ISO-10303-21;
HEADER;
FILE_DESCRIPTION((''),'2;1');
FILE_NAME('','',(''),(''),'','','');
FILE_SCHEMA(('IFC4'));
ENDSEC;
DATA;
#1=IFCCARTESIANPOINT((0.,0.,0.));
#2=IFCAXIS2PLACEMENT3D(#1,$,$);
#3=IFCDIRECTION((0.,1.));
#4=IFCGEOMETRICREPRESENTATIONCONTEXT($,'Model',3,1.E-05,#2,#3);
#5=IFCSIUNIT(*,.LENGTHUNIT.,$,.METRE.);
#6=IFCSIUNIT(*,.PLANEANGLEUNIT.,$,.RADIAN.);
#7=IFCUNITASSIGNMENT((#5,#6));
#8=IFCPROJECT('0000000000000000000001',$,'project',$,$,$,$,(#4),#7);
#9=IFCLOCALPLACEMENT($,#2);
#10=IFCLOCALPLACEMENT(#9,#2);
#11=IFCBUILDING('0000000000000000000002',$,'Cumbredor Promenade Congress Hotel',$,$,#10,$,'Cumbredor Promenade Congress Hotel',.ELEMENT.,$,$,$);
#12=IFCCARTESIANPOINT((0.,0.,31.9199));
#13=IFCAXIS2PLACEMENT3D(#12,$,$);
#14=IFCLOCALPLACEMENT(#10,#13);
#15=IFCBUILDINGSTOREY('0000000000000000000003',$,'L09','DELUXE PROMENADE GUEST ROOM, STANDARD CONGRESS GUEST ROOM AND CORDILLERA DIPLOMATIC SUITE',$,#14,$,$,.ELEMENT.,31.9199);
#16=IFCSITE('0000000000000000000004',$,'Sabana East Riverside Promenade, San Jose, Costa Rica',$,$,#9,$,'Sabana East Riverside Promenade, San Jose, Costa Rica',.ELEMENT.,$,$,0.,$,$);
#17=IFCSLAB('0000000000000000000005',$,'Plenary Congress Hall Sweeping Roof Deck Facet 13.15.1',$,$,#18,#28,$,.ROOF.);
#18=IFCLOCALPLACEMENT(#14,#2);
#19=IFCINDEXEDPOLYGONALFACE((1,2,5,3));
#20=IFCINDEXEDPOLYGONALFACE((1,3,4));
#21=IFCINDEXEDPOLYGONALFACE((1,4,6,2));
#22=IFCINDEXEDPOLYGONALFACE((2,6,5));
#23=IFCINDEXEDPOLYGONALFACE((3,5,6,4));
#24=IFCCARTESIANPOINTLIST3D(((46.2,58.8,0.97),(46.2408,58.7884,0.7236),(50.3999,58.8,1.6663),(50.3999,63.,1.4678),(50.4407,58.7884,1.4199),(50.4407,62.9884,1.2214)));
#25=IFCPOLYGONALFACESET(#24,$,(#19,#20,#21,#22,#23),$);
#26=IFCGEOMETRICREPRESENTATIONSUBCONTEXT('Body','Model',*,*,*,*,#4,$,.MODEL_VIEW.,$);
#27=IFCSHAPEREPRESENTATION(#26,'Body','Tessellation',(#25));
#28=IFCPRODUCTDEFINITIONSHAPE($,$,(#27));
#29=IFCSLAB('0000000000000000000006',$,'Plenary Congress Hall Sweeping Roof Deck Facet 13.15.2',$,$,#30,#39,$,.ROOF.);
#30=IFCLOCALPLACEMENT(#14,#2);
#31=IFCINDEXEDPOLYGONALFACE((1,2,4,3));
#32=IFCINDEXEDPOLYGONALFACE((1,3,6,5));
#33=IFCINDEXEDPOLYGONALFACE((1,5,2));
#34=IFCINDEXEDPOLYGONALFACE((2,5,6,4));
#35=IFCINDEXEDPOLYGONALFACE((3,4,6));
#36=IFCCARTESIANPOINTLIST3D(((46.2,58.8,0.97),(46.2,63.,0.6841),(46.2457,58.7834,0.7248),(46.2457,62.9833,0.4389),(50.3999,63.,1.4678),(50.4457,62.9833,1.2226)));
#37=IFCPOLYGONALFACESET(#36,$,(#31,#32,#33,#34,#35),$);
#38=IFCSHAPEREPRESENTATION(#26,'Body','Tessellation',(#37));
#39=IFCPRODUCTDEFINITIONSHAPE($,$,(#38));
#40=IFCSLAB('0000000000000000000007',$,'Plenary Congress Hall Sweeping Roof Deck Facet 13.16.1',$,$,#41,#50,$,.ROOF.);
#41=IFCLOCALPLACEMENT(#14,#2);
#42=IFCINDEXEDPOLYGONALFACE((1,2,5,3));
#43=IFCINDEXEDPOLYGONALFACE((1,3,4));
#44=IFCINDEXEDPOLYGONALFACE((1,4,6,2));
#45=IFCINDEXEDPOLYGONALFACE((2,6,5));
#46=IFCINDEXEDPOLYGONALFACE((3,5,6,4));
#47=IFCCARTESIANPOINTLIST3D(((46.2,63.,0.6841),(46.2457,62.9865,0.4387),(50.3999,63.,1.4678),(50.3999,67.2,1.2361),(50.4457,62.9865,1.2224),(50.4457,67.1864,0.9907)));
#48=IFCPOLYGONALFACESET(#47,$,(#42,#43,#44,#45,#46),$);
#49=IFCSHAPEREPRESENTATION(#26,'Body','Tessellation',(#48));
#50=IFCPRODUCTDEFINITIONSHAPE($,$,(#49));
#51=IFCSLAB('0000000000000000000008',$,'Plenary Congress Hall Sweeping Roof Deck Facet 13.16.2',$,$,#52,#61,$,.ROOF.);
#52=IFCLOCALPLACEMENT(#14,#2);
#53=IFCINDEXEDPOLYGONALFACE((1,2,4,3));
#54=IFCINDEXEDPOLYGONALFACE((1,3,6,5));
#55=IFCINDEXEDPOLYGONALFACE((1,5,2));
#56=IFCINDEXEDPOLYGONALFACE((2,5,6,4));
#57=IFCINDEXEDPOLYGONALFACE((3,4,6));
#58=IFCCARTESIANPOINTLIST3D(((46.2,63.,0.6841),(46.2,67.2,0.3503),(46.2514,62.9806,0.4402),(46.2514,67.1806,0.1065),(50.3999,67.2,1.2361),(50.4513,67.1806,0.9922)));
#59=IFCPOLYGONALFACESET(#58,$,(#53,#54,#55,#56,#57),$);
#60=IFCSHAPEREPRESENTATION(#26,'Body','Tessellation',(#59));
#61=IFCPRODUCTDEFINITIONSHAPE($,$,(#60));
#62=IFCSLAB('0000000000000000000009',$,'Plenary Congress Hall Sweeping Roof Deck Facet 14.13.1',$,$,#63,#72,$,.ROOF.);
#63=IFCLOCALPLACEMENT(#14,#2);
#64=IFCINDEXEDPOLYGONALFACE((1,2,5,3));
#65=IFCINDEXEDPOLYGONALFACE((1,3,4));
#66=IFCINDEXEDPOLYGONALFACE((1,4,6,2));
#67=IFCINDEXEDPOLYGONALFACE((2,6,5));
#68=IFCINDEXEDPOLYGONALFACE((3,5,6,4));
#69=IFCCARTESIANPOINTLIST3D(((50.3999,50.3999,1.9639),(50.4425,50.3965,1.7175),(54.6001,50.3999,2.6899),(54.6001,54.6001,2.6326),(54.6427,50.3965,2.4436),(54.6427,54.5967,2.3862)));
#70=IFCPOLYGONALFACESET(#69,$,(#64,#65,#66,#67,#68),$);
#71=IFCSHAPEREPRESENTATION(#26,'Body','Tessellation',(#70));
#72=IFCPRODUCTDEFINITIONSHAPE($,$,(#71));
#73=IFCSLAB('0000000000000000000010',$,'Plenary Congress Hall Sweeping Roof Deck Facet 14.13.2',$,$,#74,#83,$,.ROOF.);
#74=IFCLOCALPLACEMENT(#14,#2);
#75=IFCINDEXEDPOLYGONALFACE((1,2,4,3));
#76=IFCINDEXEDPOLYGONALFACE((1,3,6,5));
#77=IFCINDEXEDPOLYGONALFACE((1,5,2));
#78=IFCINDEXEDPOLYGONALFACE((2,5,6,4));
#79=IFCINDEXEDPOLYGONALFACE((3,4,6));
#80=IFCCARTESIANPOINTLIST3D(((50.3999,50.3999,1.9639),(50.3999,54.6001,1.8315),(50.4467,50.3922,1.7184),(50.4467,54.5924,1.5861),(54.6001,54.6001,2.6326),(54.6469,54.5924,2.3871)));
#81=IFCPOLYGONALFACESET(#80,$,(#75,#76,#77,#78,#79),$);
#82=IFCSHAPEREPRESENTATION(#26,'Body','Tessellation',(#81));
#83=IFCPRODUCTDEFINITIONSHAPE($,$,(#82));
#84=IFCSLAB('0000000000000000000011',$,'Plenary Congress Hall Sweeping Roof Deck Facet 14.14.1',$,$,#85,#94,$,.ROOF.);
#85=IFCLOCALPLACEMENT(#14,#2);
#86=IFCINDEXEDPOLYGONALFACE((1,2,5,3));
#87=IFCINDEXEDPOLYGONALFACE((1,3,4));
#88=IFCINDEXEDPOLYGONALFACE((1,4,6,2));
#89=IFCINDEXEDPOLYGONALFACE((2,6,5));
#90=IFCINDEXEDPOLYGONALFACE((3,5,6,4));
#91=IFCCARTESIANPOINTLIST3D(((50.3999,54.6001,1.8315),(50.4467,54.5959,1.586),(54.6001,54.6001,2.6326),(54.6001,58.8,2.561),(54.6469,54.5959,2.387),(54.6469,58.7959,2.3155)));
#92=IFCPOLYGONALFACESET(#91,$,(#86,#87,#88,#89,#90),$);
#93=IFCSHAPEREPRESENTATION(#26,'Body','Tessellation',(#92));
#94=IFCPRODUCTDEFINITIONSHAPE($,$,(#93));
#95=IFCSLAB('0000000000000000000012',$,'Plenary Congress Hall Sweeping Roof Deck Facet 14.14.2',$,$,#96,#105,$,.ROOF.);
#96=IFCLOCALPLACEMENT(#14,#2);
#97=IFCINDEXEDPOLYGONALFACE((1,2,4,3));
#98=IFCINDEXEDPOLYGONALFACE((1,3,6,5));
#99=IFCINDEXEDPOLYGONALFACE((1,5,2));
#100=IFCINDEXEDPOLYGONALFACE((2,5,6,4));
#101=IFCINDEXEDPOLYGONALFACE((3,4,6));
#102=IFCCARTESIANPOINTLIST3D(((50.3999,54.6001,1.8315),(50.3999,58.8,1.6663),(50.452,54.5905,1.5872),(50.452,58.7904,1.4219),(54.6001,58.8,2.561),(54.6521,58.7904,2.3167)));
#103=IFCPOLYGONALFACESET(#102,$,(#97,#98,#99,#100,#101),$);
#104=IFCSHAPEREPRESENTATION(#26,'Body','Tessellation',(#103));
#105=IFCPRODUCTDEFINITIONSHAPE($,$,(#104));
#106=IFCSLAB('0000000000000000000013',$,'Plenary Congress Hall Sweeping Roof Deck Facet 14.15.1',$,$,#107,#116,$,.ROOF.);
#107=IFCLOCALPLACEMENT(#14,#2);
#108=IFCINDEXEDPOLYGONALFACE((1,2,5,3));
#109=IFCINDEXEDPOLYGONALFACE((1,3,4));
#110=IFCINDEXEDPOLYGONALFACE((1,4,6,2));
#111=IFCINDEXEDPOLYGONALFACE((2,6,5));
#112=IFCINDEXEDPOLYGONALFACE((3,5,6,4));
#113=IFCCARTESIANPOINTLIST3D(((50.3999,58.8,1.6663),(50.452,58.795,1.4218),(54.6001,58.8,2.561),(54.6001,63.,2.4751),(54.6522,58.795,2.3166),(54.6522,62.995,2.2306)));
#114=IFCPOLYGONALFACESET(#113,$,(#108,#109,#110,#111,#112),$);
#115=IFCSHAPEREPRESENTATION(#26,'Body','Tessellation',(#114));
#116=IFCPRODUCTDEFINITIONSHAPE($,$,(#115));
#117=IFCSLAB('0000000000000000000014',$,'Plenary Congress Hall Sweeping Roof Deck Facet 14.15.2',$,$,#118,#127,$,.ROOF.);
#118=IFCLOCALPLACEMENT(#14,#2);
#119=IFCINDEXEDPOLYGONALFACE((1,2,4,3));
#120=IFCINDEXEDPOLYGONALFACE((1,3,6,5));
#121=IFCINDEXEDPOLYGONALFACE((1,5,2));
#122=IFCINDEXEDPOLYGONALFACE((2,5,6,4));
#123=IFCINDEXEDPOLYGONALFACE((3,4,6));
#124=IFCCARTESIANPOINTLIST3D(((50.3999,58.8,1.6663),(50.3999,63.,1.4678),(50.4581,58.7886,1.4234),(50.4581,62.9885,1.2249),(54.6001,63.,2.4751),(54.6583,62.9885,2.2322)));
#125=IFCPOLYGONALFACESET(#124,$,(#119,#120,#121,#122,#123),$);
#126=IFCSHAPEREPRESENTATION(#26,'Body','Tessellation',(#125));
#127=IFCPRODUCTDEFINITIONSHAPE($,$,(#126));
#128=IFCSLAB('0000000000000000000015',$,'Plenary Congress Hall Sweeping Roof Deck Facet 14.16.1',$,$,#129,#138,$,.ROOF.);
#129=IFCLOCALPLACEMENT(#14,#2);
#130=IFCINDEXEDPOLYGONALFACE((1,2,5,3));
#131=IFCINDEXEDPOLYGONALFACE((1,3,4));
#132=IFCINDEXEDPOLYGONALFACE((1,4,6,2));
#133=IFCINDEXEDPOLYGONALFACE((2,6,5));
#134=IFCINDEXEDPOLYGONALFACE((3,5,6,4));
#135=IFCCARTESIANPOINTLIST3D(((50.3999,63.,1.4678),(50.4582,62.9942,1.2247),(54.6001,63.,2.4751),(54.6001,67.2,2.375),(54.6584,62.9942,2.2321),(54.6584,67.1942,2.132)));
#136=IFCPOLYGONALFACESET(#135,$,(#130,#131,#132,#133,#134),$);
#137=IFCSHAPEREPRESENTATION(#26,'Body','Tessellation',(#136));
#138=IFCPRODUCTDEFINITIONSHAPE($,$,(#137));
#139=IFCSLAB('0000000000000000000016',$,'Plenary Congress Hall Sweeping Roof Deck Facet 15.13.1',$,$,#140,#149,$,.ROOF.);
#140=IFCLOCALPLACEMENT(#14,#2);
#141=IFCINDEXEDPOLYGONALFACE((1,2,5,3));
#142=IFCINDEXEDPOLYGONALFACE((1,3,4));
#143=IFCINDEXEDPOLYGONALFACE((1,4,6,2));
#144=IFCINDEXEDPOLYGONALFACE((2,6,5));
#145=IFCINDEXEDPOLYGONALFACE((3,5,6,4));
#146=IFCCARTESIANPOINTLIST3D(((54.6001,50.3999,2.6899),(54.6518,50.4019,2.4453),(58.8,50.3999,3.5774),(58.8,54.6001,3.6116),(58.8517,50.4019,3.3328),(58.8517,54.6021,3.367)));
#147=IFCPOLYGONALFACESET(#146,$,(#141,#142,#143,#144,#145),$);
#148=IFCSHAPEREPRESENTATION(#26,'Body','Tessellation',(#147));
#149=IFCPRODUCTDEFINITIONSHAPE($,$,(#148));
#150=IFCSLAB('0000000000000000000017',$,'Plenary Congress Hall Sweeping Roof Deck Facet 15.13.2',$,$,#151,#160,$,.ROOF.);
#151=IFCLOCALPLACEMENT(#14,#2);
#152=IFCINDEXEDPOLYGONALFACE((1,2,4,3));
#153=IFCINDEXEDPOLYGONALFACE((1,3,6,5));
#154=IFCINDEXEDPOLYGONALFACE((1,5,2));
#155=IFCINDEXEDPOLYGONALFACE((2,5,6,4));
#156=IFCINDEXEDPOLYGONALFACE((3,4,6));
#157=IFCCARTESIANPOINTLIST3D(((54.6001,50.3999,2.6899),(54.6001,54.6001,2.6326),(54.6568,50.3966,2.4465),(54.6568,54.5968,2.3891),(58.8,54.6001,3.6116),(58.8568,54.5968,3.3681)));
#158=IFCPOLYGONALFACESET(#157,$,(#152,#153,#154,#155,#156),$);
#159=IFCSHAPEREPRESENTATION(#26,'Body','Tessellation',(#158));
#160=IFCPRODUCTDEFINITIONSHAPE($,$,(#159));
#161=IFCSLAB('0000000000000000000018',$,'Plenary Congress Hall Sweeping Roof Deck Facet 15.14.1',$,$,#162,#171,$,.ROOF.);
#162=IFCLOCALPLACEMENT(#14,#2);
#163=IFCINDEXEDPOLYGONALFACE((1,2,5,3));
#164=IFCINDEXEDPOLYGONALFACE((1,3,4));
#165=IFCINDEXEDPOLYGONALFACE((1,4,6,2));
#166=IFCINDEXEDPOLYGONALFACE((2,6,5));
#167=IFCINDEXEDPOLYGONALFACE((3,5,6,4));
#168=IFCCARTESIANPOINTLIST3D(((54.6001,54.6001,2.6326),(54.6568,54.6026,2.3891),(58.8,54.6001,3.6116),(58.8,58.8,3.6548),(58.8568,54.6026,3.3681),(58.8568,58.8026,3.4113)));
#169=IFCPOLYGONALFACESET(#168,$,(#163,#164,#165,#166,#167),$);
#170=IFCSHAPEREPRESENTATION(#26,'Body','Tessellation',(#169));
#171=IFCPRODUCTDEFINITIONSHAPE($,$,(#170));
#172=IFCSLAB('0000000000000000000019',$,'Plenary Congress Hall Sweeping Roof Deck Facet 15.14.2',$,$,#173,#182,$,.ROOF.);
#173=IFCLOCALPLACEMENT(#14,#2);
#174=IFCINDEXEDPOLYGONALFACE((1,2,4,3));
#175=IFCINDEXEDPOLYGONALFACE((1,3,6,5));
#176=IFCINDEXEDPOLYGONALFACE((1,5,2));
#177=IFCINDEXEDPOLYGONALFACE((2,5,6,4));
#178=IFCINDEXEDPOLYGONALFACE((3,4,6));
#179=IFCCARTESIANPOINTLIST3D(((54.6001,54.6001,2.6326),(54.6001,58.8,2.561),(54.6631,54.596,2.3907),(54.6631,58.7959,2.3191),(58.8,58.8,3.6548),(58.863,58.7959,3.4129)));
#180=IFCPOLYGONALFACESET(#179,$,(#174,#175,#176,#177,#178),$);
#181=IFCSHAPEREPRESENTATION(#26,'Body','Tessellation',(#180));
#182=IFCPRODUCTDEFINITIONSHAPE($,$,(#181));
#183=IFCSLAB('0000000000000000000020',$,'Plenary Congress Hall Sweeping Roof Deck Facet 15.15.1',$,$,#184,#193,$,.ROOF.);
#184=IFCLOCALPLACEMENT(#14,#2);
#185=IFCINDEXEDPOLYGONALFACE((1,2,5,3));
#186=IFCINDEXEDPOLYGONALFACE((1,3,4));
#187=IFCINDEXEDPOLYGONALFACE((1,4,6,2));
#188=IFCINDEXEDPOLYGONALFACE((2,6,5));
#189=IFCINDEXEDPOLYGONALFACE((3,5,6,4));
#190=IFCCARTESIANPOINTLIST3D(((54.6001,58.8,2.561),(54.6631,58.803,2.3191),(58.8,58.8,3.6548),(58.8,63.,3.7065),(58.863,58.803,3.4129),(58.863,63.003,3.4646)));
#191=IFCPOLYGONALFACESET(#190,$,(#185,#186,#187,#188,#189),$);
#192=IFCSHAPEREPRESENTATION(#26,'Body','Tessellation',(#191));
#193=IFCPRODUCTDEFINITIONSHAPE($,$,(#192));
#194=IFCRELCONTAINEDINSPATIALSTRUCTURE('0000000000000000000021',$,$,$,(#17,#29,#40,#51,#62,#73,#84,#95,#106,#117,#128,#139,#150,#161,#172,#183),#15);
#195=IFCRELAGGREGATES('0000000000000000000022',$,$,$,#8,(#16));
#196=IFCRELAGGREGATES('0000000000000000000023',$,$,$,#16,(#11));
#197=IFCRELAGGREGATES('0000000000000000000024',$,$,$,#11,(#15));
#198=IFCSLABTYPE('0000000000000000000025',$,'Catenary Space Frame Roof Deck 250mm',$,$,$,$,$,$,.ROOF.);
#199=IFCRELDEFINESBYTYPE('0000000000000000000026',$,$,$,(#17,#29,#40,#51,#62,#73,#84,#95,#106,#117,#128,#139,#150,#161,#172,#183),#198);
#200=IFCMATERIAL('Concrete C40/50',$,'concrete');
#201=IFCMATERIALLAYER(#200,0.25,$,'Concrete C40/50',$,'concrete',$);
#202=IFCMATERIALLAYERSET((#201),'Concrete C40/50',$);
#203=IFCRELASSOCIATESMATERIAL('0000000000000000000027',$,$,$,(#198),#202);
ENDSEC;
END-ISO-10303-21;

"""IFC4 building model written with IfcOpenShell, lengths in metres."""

from ifc_helpers import new_model, si_unit, direction, frame, origin, place, context, subcontext, project, spatial, polyline, outline, extrude, material, layer, layer_set, type_object, element, save


model = new_model("IFC4")

# Units and contexts
model_context = context("Model", 3, precision=1e-05, world=origin(), true_north=direction((0.0, 1.0)))
body_context = subcontext(model_context, "Body", "Model", "MODEL_VIEW")
ifc_project = project(units=[si_unit("LENGTHUNIT", "METRE"), si_unit("PLANEANGLEUNIT", "RADIAN")], contexts=[model_context])

# Site, building, storey
site_placement = place(None, origin())
site = spatial("IfcSite", under=ifc_project, at=site_placement, Name="Sabana East Riverside Promenade, San Jose, Costa Rica", LongName="Sabana East Riverside Promenade, San Jose, Costa Rica", CompositionType="ELEMENT", RefElevation=0.0)
building_placement = place(site_placement, origin())
building = spatial("IfcBuilding", under=site, at=building_placement, Name="Cumbredor Promenade Congress Hotel", LongName="Cumbredor Promenade Congress Hotel", CompositionType="ELEMENT")
storey_placement = place(building_placement, frame((0.0, 0.0, 31.9199)))
storey = spatial("IfcBuildingStorey", under=building, at=storey_placement, Name="L09", Description="DELUXE PROMENADE GUEST ROOM, STANDARD CONGRESS GUEST ROOM AND CORDILLERA DIPLOMATIC SUITE", CompositionType="ELEMENT", Elevation=31.9199)

# Slabs
ifc_material_1 = material(Name="Concrete C40/50", Category="concrete")
ifc_layer_1 = layer(ifc_material_1, 0.25, Name="Concrete C40/50", Category="concrete")
ifc_layer_set_1 = layer_set([ifc_layer_1], Name="Concrete C40/50")
slab_type = type_object("IfcSlabType", Name="Catenary Space Frame Roof Deck 250mm", PredefinedType="ROOF", material=ifc_layer_set_1)
slab_1_placement = place(storey_placement, frame((46.2, 58.8, 0.97), z_axis=(-0.163375, 0.046572, 0.985464), x_axis=(0.986535, 0.0, 0.163553)))
element("IfcSlab", 1, at=slab_1_placement, inside=storey, type_object=slab_type, Name="Plenary Congress Hall Sweeping Roof Deck Facet 13.15.1", PredefinedType="ROOF", context=body_context, shape_type="SweptSolid", body=[
    extrude(outline(polyline([(0.0, 0.0), (4.2573, 0.0), (4.2248, 4.2045), (0.0, 0.0)])), origin(), (0.0, 0.0, -1.0), 0.25),
])
slab_2_placement = place(storey_placement, frame((46.2, 58.8, 0.97), z_axis=(-0.18302, 0.066765, 0.980839), x_axis=(0.704636, 0.704636, 0.083518)))
element("IfcSlab", 2, at=slab_2_placement, inside=storey, type_object=slab_type, Name="Plenary Congress Hall Sweeping Roof Deck Facet 13.15.2", PredefinedType="ROOF", context=body_context, shape_type="SweptSolid", body=[
    extrude(outline(polyline([(0.0, 0.0), (5.9605, 0.0), (2.9356, 3.0173), (0.0, 0.0)])), origin(), (0.0, 0.0, -1.0), 0.25),
])
slab_3_placement = place(storey_placement, frame((46.2, 63.0, 0.6841), z_axis=(-0.18316, 0.054149, 0.981591), x_axis=(0.983033, 0.0, 0.183429)))
element("IfcSlab", 3, at=slab_3_placement, inside=storey, type_object=slab_type, Name="Plenary Congress Hall Sweeping Roof Deck Facet 13.16.1", PredefinedType="ROOF", context=body_context, shape_type="SweptSolid", body=[
    extrude(outline(polyline([(0.0, 0.0), (4.2724, 0.0), (4.2299, 4.2061), (0.0, 0.0)])), origin(), (0.0, 0.0, -1.0), 0.25),
])
slab_4_placement = place(storey_placement, frame((46.2, 63.0, 0.6841), z_axis=(-0.205734, 0.077519, 0.975533), x_axis=(0.704073, 0.704073, 0.092537)))
element("IfcSlab", 4, at=slab_4_placement, inside=storey, type_object=slab_type, Name="Plenary Congress Hall Sweeping Roof Deck Facet 13.16.2", PredefinedType="ROOF", context=body_context, shape_type="SweptSolid", body=[
    extrude(outline(polyline([(0.0, 0.0), (5.9652, 0.0), (2.9262, 3.0312), (0.0, 0.0)])), origin(), (0.0, 0.0, -1.0), 0.25),
])
slab_5_placement = place(storey_placement, frame((50.3999, 50.3999, 1.9639), z_axis=(-0.170325, 0.013459, 0.985296), x_axis=(0.985385, 0.0, 0.17034)))
element("IfcSlab", 5, at=slab_5_placement, inside=storey, type_object=slab_type, Name="Plenary Congress Hall Sweeping Roof Deck Facet 14.13.1", PredefinedType="ROOF", context=body_context, shape_type="SweptSolid", body=[
    extrude(outline(polyline([(0.0, 0.0), (4.2625, 0.0), (4.2527, 4.2006), (0.0, 0.0)])), origin(), (0.0, 0.0, -1.0), 0.25),
])
slab_6_placement = place(storey_placement, frame((50.3999, 50.3999, 1.9639), z_axis=(-0.187245, 0.030932, 0.981826), x_axis=(0.702668, 0.702668, 0.11187)))
element("IfcSlab", 6, at=slab_6_placement, inside=storey, type_object=slab_type, Name="Plenary Congress Hall Sweeping Roof Deck Facet 14.13.2", PredefinedType="ROOF", context=body_context, shape_type="SweptSolid", body=[
    extrude(outline(polyline([(0.0, 0.0), (5.9775, 0.0), (2.9365, 3.006), (0.0, 0.0)])), origin(), (0.0, 0.0, -1.0), 0.25),
])
slab_7_placement = place(storey_placement, frame((50.3999, 54.6001, 1.8315), z_axis=(-0.187309, 0.016728, 0.982159), x_axis=(0.982296, 0.0, 0.187335)))
element("IfcSlab", 7, at=slab_7_placement, inside=storey, type_object=slab_type, Name="Plenary Congress Hall Sweeping Roof Deck Facet 14.14.1", PredefinedType="ROOF", context=body_context, shape_type="SweptSolid", body=[
    extrude(outline(polyline([(0.0, 0.0), (4.2759, 0.0), (4.2625, 4.2005), (0.0, 0.0)])), origin(), (0.0, 0.0, -1.0), 0.25),
])
slab_8_placement = place(storey_placement, frame((50.3999, 54.6001, 1.8315), z_axis=(-0.208202, 0.038461, 0.977329), x_axis=(0.701854, 0.701813, 0.121898)))
element("IfcSlab", 8, at=slab_8_placement, inside=storey, type_object=slab_type, Name="Plenary Congress Hall Sweeping Roof Deck Facet 14.14.2", PredefinedType="ROOF", context=body_context, shape_type="SweptSolid", body=[
    extrude(outline(polyline([(0.0, 0.0), (5.9844, 0.0), (2.9274, 3.0161), (0.0, 0.0)])), origin(), (0.0, 0.0, -1.0), 0.25),
])
slab_9_placement = place(storey_placement, frame((50.3999, 58.8, 1.6663), z_axis=(-0.208315, 0.020008, 0.977857), x_axis=(0.978053, 0.0, 0.208356)))
element("IfcSlab", 9, at=slab_9_placement, inside=storey, type_object=slab_type, Name="Plenary Congress Hall Sweeping Roof Deck Facet 14.15.1", PredefinedType="ROOF", context=body_context, shape_type="SweptSolid", body=[
    extrude(outline(polyline([(0.0, 0.0), (4.2944, 0.0), (4.2765, 4.2008), (0.0, 0.0)])), origin(), (0.0, 0.0, -1.0), 0.25),
])
slab_10_placement = place(storey_placement, frame((50.3999, 58.8, 1.6663), z_axis=(-0.232969, 0.045908, 0.9714), x_axis=(0.700661, 0.70062, 0.134927)))
element("IfcSlab", 10, at=slab_10_placement, inside=storey, type_object=slab_type, Name="Plenary Congress Hall Sweeping Roof Deck Facet 14.15.2", PredefinedType="ROOF", context=body_context, shape_type="SweptSolid", body=[
    extrude(outline(polyline([(0.0, 0.0), (5.9946, 0.0), (2.9158, 3.0294), (0.0, 0.0)])), origin(), (0.0, 0.0, -1.0), 0.25),
])
slab_11_placement = place(storey_placement, frame((50.3999, 63.0, 1.4678), z_axis=(-0.233152, 0.02317, 0.972164), x_axis=(0.972425, 0.0, 0.233215)))
element("IfcSlab", 11, at=slab_11_placement, inside=storey, type_object=slab_type, Name="Plenary Congress Hall Sweeping Roof Deck Facet 14.16.1", PredefinedType="ROOF", context=body_context, shape_type="SweptSolid", body=[
    extrude(outline(polyline([(0.0, 0.0), (4.3193, 0.0), (4.296, 4.2011), (0.0, 0.0)])), origin(), (0.0, 0.0, -1.0), 0.25),
])
slab_12_placement = place(storey_placement, frame((54.6001, 50.3999, 2.6899), z_axis=(-0.206729, -0.007962, 0.978366), x_axis=(0.978397, 0.0, 0.206736)))
element("IfcSlab", 12, at=slab_12_placement, inside=storey, type_object=slab_type, Name="Plenary Congress Hall Sweeping Roof Deck Facet 15.13.1", PredefinedType="ROOF", context=body_context, shape_type="SweptSolid", body=[
    extrude(outline(polyline([(0.0, 0.0), (4.2927, 0.0), (4.2998, 4.2003), (0.0, 0.0)])), origin(), (0.0, 0.0, -1.0), 0.25),
])
slab_13_placement = place(storey_placement, frame((54.6001, 50.3999, 2.6899), z_axis=(-0.226993, 0.013302, 0.973806), x_axis=(0.698725, 0.698766, 0.153327)))
element("IfcSlab", 13, at=slab_13_placement, inside=storey, type_object=slab_type, Name="Plenary Congress Hall Sweeping Roof Deck Facet 15.13.2", PredefinedType="ROOF", context=body_context, shape_type="SweptSolid", body=[
    extrude(outline(polyline([(0.0, 0.0), (6.0109, 0.0), (2.9262, 3.0137), (0.0, 0.0)])), origin(), (0.0, 0.0, -1.0), 0.25),
])
slab_14_placement = place(storey_placement, frame((54.6001, 54.6001, 2.6326), z_axis=(-0.227002, -0.01002, 0.973843), x_axis=(0.973892, 0.0, 0.227013)))
element("IfcSlab", 14, at=slab_14_placement, inside=storey, type_object=slab_type, Name="Plenary Congress Hall Sweeping Roof Deck Facet 15.14.1", PredefinedType="ROOF", context=body_context, shape_type="SweptSolid", body=[
    extrude(outline(polyline([(0.0, 0.0), (4.3125, 0.0), (4.3224, 4.2002), (0.0, 0.0)])), origin(), (0.0, 0.0, -1.0), 0.25),
])
slab_15_placement = place(storey_placement, frame((54.6001, 54.6001, 2.6326), z_axis=(-0.25198, 0.01648, 0.967592), x_axis=(0.696862, 0.696862, 0.169608)))
element("IfcSlab", 15, at=slab_15_placement, inside=storey, type_object=slab_type, Name="Plenary Congress Hall Sweeping Roof Deck Facet 15.14.2", PredefinedType="ROOF", context=body_context, shape_type="SweptSolid", body=[
    extrude(outline(polyline([(0.0, 0.0), (6.0269, 0.0), (2.9147, 3.0248), (0.0, 0.0)])), origin(), (0.0, 0.0, -1.0), 0.25),
])
slab_16_placement = place(storey_placement, frame((54.6001, 58.8, 2.561), z_axis=(-0.251996, -0.011925, 0.967655), x_axis=(0.967724, 0.0, 0.252014)))
element("IfcSlab", 16, at=slab_16_placement, inside=storey, type_object=slab_type, Name="Plenary Congress Hall Sweeping Roof Deck Facet 15.15.1", PredefinedType="ROOF", context=body_context, shape_type="SweptSolid", body=[
    extrude(outline(polyline([(0.0, 0.0), (4.34, 0.0), (4.3531, 4.2002), (0.0, 0.0)])), origin(), (0.0, 0.0, -1.0), 0.25),
])

save(model, "model.ifc")
